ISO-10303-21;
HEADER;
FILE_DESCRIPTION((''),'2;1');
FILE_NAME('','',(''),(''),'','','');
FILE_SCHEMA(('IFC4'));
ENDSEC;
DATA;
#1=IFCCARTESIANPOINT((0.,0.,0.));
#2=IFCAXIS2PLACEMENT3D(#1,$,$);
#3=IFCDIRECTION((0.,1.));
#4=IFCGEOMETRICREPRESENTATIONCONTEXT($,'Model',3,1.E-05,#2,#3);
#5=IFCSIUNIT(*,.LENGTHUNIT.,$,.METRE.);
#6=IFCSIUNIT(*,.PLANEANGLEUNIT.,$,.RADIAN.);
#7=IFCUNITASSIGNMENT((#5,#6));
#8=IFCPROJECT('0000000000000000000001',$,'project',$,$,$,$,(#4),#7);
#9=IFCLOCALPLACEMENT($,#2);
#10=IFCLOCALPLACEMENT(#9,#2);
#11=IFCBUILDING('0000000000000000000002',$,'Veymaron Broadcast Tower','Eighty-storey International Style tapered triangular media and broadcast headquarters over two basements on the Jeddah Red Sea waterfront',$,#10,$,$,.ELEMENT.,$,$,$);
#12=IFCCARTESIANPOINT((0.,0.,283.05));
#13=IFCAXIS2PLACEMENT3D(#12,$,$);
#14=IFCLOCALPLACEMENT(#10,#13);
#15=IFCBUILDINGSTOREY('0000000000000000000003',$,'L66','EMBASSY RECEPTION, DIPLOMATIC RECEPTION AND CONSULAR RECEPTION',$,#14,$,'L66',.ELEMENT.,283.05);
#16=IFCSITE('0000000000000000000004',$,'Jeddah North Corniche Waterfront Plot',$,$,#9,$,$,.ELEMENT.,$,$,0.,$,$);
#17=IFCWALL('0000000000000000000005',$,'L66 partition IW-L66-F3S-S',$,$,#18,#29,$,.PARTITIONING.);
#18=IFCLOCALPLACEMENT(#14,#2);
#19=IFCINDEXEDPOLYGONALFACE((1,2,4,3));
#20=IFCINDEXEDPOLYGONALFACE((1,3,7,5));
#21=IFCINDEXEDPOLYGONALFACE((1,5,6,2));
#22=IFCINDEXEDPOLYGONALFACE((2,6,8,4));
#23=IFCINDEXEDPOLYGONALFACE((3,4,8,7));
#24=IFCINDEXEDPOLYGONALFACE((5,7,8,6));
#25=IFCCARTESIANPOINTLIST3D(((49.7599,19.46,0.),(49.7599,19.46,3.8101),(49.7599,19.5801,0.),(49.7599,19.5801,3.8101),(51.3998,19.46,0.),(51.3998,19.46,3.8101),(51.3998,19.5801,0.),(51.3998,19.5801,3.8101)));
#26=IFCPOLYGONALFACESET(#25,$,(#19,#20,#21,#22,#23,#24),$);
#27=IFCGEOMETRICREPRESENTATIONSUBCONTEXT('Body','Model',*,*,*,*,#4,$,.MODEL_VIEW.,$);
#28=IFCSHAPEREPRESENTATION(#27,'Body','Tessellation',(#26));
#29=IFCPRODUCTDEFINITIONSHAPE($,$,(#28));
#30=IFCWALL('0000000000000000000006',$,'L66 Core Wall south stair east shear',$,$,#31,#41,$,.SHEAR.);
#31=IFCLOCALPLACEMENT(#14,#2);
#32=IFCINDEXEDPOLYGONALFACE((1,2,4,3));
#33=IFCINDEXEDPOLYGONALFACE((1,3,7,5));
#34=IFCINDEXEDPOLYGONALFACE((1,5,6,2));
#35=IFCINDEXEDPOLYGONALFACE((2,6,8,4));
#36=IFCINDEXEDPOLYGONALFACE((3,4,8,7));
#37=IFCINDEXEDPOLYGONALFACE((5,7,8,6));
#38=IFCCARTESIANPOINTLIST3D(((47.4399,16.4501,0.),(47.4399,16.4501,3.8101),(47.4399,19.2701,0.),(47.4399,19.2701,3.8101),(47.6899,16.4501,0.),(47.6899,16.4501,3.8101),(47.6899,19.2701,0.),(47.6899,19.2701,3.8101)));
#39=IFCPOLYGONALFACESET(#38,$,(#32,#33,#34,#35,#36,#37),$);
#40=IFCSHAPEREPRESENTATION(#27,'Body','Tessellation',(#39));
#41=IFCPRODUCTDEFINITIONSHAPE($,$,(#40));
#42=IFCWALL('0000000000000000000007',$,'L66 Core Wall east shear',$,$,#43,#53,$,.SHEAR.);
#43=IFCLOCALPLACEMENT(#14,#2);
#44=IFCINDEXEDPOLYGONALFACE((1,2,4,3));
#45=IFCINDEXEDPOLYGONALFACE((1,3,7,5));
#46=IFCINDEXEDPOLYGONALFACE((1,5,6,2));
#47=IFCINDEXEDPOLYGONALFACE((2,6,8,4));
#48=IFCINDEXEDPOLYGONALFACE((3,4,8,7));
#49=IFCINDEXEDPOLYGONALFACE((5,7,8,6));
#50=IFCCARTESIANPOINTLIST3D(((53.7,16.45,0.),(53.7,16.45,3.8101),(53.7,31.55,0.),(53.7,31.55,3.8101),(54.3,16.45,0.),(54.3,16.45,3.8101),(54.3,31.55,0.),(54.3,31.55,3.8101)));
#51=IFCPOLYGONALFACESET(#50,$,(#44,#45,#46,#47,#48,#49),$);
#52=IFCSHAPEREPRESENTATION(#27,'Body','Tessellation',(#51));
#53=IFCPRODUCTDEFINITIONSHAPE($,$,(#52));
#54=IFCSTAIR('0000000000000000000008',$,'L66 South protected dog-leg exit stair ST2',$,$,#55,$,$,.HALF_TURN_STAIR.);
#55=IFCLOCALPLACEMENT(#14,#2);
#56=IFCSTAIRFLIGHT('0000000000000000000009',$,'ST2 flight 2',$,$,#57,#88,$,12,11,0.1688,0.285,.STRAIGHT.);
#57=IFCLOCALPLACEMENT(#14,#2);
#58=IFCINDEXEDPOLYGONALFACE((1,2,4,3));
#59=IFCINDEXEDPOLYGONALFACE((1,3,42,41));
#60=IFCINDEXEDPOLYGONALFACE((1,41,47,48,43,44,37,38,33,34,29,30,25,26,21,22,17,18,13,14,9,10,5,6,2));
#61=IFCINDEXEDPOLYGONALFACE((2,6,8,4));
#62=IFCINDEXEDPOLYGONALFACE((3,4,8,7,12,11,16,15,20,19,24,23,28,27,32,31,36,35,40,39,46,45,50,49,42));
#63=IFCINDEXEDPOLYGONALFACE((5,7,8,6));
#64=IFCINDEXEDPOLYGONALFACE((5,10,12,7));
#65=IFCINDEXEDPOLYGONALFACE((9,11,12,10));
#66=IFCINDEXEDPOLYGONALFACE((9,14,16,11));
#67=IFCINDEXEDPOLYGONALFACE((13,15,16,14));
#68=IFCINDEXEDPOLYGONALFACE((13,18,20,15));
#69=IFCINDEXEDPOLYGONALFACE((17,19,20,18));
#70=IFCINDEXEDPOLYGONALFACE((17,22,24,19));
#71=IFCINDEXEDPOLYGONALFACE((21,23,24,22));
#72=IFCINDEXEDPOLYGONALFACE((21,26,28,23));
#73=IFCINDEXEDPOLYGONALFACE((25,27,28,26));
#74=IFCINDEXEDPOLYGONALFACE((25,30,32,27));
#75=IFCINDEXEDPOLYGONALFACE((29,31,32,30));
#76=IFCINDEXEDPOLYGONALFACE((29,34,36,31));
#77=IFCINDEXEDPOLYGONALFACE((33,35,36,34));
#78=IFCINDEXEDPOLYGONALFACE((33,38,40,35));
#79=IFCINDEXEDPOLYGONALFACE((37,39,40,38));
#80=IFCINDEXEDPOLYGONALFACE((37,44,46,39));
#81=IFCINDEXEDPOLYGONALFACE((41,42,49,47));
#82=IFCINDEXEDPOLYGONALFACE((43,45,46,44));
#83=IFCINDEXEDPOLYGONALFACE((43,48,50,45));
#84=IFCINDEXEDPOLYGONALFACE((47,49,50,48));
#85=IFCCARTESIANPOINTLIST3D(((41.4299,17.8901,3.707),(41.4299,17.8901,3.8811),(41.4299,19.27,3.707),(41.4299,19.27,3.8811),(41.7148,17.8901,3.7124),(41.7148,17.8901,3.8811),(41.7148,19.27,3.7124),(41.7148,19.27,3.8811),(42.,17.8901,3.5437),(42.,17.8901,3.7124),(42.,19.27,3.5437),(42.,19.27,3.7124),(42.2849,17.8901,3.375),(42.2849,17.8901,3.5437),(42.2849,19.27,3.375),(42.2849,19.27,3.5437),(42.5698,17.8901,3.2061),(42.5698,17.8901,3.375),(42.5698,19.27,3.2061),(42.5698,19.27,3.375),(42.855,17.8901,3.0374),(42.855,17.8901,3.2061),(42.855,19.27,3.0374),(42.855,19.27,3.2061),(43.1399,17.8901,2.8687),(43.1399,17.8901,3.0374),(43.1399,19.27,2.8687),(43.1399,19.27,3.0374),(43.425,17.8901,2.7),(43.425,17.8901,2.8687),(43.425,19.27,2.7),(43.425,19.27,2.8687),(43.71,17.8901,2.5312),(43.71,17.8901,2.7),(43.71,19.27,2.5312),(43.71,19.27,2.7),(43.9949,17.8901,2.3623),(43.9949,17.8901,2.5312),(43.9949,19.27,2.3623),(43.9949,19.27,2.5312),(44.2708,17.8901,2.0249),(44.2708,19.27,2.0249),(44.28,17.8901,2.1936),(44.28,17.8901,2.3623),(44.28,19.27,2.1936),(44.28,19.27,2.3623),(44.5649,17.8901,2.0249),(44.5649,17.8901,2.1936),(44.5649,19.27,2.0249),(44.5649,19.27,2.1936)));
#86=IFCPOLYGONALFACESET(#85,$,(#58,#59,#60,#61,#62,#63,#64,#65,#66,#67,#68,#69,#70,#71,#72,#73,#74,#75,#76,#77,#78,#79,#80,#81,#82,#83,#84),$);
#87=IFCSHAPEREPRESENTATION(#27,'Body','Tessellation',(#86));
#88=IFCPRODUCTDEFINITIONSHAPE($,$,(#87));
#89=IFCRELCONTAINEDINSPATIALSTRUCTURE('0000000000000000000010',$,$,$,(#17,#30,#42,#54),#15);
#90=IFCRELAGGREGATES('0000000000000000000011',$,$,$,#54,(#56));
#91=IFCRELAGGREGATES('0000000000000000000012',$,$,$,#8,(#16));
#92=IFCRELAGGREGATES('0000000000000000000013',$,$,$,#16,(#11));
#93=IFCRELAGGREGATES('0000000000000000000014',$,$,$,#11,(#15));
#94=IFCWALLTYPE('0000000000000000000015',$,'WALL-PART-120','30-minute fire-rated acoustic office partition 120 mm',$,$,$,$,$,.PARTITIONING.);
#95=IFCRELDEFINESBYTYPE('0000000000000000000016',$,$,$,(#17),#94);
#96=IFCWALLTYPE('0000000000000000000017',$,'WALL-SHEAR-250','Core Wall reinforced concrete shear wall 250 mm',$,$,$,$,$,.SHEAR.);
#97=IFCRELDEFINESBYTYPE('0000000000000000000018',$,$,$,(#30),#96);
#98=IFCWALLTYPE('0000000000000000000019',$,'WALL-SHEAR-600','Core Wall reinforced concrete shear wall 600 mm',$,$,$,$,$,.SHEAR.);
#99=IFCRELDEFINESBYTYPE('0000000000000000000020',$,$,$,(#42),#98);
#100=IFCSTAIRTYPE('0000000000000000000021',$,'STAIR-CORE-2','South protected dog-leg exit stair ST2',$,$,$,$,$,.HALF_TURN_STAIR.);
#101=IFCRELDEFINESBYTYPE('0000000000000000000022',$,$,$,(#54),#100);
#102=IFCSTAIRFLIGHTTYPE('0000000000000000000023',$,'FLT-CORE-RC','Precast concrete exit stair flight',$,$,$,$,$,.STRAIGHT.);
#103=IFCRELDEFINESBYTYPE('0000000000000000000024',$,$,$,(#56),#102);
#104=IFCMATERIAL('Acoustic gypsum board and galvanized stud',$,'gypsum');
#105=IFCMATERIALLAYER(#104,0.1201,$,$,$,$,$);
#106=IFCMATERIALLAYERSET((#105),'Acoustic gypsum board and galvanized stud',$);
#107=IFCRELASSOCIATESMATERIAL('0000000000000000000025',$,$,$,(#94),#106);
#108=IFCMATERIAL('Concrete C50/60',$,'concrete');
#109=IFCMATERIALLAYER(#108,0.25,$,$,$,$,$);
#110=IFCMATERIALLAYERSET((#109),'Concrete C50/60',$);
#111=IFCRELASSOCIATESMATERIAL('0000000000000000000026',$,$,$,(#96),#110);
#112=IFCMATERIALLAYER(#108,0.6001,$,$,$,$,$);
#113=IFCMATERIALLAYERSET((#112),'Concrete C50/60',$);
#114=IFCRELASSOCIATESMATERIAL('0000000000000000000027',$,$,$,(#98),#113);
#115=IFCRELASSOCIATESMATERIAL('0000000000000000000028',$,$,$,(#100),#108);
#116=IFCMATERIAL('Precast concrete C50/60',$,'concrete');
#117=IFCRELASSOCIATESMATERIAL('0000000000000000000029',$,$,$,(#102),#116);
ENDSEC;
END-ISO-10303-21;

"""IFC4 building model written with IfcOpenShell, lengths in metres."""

from ifc_helpers import new_model, si_unit, direction, frame, frame_2d, origin, place, context, subcontext, project, spatial, polyline, rectangle, outline, extrude, material, layer, layer_set, type_object, element, aggregate, save


model = new_model("IFC4")

# Units and contexts
model_context = context("Model", 3, precision=1e-05, world=origin(), true_north=direction((0.0, 1.0)))
body_context = subcontext(model_context, "Body", "Model", "MODEL_VIEW")
ifc_project = project(units=[si_unit("LENGTHUNIT", "METRE"), si_unit("PLANEANGLEUNIT", "RADIAN")], contexts=[model_context])

# Site, building, storey
site_placement = place(None, origin())
site = spatial("IfcSite", under=ifc_project, at=site_placement, Name="Jeddah North Corniche Waterfront Plot", CompositionType="ELEMENT", RefElevation=0.0)
building_placement = place(site_placement, origin())
building = spatial("IfcBuilding", under=site, at=building_placement, Name="Veymaron Broadcast Tower", Description="Eighty-storey International Style tapered triangular media and broadcast headquarters over two basements on the Jeddah Red Sea waterfront", CompositionType="ELEMENT")
storey_placement = place(building_placement, frame((0.0, 0.0, 283.05)))
storey = spatial("IfcBuildingStorey", under=building, at=storey_placement, Name="L66", Description="EMBASSY RECEPTION, DIPLOMATIC RECEPTION AND CONSULAR RECEPTION", LongName="L66", CompositionType="ELEMENT", Elevation=283.05)

# Shared definitions
ifc_material_1 = material(Name="Acoustic gypsum board and galvanized stud", Category="gypsum")
ifc_layer_1 = layer(ifc_material_1, 0.1201)
ifc_layer_set_1 = layer_set([ifc_layer_1], Name="Acoustic gypsum board and galvanized stud")
wall_type_1 = type_object("IfcWallType", Name="WALL-PART-120", Description="30-minute fire-rated acoustic office partition 120 mm", PredefinedType="PARTITIONING", material=ifc_layer_set_1)

# Walls
wall_1_placement = place(storey_placement, frame((49.76, 19.52, 0.0), z_axis=(0.0, 0.0, 1.0), x_axis=(1.0, 0.0, 0.0)))
element("IfcWall", 1, at=wall_1_placement, inside=storey, type_object=wall_type_1, Name="L66 partition IW-L66-F3S-S", PredefinedType="PARTITIONING", context=body_context, shape_type="SweptSolid", body=[
    extrude(rectangle(XDim=1.6399, YDim=0.1201, at=frame_2d((0.8198, 0.0))), origin(), (0.0, 0.0, 1.0), 3.8101),
])
ifc_material_2 = material(Name="Concrete C50/60", Category="concrete")
ifc_layer_2 = layer(ifc_material_2, 0.25)
ifc_layer_set_2 = layer_set([ifc_layer_2], Name="Concrete C50/60")
wall_type_2 = type_object("IfcWallType", Name="WALL-SHEAR-250", Description="Core Wall reinforced concrete shear wall 250 mm", PredefinedType="SHEAR", material=ifc_layer_set_2)
wall_2_placement = place(storey_placement, frame((47.5649, 16.45, 0.0), z_axis=(0.0, 0.0, 1.0), x_axis=(0.0, 1.0, 0.0)))
element("IfcWall", 2, at=wall_2_placement, inside=storey, type_object=wall_type_2, Name="L66 Core Wall south stair east shear", PredefinedType="SHEAR", context=body_context, shape_type="SweptSolid", body=[
    extrude(rectangle(XDim=2.8201, YDim=0.25, at=frame_2d((1.4102, 0.0))), origin(), (0.0, 0.0, 1.0), 3.8101),
])
ifc_layer_3 = layer(ifc_material_2, 0.6001)
ifc_layer_set_3 = layer_set([ifc_layer_3], Name="Concrete C50/60")
wall_type_3 = type_object("IfcWallType", Name="WALL-SHEAR-600", Description="Core Wall reinforced concrete shear wall 600 mm", PredefinedType="SHEAR", material=ifc_layer_set_3)
wall_3_placement = place(storey_placement, frame((54.0, 16.45, 0.0), z_axis=(0.0, 0.0, 1.0), x_axis=(0.0, 1.0, 0.0)))
element("IfcWall", 3, at=wall_3_placement, inside=storey, type_object=wall_type_3, Name="L66 Core Wall east shear", PredefinedType="SHEAR", context=body_context, shape_type="SweptSolid", body=[
    extrude(rectangle(XDim=15.1001, YDim=0.6001, at=frame_2d((7.55, 0.0))), origin(), (0.0, 0.0, 1.0), 3.8101),
])

# Stair, stair flight
stair_type = type_object("IfcStairType", Name="STAIR-CORE-2", Description="South protected dog-leg exit stair ST2", PredefinedType="HALF_TURN_STAIR", material=ifc_material_2)
stair_placement = place(storey_placement, origin())
stair = element("IfcStair", 4, at=stair_placement, inside=storey, type_object=stair_type, Name="L66 South protected dog-leg exit stair ST2", PredefinedType="HALF_TURN_STAIR")
ifc_material_3 = material(Name="Precast concrete C50/60", Category="concrete")
stair_flight_type = type_object("IfcStairFlightType", Name="FLT-CORE-RC", Description="Precast concrete exit stair flight", PredefinedType="STRAIGHT", material=ifc_material_3)
stair_flight_placement = place(storey_placement, frame((44.5649, 18.5801, 2.0249), z_axis=(0.0, 0.0, 1.0), x_axis=(-1.0, 0.0, 0.0)))
stair_flight = element("IfcStairFlight", 5, at=stair_flight_placement, type_object=stair_flight_type, Name="ST2 flight 2", NumberOfRisers=12, NumberOfTreads=11, PredefinedType="STRAIGHT", RiserHeight=0.1688, TreadLength=0.285, context=body_context, shape_type="SweptSolid", body=[
    extrude(outline(polyline([(0.0, 0.0), (0.0, 0.1687), (0.2849, 0.1687), (0.2849, 0.3374), (0.5701, 0.3374), (0.5701, 0.5063), (0.855, 0.5063), (0.855, 0.675), (1.1399, 0.675), (1.1399, 0.8438), (1.425, 0.8438), (1.425, 1.0125), (1.71, 1.0125), (1.71, 1.1812), (1.9951, 1.1812), (1.9951, 1.3501), (2.28, 1.3501), (2.28, 1.5188), (2.5649, 1.5188), (2.5649, 1.6875), (2.8501, 1.6875), (2.8501, 1.8562), (3.135, 1.8562), (3.135, 2.0249), (3.135, 1.6821), (0.2942, 0.0), (0.0, 0.0)])), frame((0.0, 0.6899, 0.0), z_axis=(0.0, -1.0, 0.0), x_axis=(1.0, 0.0, 0.0)), (0.0, 0.0, 1.0), 1.3799),
])
aggregate(stair, [stair_flight])

save(model, "model.ifc")
